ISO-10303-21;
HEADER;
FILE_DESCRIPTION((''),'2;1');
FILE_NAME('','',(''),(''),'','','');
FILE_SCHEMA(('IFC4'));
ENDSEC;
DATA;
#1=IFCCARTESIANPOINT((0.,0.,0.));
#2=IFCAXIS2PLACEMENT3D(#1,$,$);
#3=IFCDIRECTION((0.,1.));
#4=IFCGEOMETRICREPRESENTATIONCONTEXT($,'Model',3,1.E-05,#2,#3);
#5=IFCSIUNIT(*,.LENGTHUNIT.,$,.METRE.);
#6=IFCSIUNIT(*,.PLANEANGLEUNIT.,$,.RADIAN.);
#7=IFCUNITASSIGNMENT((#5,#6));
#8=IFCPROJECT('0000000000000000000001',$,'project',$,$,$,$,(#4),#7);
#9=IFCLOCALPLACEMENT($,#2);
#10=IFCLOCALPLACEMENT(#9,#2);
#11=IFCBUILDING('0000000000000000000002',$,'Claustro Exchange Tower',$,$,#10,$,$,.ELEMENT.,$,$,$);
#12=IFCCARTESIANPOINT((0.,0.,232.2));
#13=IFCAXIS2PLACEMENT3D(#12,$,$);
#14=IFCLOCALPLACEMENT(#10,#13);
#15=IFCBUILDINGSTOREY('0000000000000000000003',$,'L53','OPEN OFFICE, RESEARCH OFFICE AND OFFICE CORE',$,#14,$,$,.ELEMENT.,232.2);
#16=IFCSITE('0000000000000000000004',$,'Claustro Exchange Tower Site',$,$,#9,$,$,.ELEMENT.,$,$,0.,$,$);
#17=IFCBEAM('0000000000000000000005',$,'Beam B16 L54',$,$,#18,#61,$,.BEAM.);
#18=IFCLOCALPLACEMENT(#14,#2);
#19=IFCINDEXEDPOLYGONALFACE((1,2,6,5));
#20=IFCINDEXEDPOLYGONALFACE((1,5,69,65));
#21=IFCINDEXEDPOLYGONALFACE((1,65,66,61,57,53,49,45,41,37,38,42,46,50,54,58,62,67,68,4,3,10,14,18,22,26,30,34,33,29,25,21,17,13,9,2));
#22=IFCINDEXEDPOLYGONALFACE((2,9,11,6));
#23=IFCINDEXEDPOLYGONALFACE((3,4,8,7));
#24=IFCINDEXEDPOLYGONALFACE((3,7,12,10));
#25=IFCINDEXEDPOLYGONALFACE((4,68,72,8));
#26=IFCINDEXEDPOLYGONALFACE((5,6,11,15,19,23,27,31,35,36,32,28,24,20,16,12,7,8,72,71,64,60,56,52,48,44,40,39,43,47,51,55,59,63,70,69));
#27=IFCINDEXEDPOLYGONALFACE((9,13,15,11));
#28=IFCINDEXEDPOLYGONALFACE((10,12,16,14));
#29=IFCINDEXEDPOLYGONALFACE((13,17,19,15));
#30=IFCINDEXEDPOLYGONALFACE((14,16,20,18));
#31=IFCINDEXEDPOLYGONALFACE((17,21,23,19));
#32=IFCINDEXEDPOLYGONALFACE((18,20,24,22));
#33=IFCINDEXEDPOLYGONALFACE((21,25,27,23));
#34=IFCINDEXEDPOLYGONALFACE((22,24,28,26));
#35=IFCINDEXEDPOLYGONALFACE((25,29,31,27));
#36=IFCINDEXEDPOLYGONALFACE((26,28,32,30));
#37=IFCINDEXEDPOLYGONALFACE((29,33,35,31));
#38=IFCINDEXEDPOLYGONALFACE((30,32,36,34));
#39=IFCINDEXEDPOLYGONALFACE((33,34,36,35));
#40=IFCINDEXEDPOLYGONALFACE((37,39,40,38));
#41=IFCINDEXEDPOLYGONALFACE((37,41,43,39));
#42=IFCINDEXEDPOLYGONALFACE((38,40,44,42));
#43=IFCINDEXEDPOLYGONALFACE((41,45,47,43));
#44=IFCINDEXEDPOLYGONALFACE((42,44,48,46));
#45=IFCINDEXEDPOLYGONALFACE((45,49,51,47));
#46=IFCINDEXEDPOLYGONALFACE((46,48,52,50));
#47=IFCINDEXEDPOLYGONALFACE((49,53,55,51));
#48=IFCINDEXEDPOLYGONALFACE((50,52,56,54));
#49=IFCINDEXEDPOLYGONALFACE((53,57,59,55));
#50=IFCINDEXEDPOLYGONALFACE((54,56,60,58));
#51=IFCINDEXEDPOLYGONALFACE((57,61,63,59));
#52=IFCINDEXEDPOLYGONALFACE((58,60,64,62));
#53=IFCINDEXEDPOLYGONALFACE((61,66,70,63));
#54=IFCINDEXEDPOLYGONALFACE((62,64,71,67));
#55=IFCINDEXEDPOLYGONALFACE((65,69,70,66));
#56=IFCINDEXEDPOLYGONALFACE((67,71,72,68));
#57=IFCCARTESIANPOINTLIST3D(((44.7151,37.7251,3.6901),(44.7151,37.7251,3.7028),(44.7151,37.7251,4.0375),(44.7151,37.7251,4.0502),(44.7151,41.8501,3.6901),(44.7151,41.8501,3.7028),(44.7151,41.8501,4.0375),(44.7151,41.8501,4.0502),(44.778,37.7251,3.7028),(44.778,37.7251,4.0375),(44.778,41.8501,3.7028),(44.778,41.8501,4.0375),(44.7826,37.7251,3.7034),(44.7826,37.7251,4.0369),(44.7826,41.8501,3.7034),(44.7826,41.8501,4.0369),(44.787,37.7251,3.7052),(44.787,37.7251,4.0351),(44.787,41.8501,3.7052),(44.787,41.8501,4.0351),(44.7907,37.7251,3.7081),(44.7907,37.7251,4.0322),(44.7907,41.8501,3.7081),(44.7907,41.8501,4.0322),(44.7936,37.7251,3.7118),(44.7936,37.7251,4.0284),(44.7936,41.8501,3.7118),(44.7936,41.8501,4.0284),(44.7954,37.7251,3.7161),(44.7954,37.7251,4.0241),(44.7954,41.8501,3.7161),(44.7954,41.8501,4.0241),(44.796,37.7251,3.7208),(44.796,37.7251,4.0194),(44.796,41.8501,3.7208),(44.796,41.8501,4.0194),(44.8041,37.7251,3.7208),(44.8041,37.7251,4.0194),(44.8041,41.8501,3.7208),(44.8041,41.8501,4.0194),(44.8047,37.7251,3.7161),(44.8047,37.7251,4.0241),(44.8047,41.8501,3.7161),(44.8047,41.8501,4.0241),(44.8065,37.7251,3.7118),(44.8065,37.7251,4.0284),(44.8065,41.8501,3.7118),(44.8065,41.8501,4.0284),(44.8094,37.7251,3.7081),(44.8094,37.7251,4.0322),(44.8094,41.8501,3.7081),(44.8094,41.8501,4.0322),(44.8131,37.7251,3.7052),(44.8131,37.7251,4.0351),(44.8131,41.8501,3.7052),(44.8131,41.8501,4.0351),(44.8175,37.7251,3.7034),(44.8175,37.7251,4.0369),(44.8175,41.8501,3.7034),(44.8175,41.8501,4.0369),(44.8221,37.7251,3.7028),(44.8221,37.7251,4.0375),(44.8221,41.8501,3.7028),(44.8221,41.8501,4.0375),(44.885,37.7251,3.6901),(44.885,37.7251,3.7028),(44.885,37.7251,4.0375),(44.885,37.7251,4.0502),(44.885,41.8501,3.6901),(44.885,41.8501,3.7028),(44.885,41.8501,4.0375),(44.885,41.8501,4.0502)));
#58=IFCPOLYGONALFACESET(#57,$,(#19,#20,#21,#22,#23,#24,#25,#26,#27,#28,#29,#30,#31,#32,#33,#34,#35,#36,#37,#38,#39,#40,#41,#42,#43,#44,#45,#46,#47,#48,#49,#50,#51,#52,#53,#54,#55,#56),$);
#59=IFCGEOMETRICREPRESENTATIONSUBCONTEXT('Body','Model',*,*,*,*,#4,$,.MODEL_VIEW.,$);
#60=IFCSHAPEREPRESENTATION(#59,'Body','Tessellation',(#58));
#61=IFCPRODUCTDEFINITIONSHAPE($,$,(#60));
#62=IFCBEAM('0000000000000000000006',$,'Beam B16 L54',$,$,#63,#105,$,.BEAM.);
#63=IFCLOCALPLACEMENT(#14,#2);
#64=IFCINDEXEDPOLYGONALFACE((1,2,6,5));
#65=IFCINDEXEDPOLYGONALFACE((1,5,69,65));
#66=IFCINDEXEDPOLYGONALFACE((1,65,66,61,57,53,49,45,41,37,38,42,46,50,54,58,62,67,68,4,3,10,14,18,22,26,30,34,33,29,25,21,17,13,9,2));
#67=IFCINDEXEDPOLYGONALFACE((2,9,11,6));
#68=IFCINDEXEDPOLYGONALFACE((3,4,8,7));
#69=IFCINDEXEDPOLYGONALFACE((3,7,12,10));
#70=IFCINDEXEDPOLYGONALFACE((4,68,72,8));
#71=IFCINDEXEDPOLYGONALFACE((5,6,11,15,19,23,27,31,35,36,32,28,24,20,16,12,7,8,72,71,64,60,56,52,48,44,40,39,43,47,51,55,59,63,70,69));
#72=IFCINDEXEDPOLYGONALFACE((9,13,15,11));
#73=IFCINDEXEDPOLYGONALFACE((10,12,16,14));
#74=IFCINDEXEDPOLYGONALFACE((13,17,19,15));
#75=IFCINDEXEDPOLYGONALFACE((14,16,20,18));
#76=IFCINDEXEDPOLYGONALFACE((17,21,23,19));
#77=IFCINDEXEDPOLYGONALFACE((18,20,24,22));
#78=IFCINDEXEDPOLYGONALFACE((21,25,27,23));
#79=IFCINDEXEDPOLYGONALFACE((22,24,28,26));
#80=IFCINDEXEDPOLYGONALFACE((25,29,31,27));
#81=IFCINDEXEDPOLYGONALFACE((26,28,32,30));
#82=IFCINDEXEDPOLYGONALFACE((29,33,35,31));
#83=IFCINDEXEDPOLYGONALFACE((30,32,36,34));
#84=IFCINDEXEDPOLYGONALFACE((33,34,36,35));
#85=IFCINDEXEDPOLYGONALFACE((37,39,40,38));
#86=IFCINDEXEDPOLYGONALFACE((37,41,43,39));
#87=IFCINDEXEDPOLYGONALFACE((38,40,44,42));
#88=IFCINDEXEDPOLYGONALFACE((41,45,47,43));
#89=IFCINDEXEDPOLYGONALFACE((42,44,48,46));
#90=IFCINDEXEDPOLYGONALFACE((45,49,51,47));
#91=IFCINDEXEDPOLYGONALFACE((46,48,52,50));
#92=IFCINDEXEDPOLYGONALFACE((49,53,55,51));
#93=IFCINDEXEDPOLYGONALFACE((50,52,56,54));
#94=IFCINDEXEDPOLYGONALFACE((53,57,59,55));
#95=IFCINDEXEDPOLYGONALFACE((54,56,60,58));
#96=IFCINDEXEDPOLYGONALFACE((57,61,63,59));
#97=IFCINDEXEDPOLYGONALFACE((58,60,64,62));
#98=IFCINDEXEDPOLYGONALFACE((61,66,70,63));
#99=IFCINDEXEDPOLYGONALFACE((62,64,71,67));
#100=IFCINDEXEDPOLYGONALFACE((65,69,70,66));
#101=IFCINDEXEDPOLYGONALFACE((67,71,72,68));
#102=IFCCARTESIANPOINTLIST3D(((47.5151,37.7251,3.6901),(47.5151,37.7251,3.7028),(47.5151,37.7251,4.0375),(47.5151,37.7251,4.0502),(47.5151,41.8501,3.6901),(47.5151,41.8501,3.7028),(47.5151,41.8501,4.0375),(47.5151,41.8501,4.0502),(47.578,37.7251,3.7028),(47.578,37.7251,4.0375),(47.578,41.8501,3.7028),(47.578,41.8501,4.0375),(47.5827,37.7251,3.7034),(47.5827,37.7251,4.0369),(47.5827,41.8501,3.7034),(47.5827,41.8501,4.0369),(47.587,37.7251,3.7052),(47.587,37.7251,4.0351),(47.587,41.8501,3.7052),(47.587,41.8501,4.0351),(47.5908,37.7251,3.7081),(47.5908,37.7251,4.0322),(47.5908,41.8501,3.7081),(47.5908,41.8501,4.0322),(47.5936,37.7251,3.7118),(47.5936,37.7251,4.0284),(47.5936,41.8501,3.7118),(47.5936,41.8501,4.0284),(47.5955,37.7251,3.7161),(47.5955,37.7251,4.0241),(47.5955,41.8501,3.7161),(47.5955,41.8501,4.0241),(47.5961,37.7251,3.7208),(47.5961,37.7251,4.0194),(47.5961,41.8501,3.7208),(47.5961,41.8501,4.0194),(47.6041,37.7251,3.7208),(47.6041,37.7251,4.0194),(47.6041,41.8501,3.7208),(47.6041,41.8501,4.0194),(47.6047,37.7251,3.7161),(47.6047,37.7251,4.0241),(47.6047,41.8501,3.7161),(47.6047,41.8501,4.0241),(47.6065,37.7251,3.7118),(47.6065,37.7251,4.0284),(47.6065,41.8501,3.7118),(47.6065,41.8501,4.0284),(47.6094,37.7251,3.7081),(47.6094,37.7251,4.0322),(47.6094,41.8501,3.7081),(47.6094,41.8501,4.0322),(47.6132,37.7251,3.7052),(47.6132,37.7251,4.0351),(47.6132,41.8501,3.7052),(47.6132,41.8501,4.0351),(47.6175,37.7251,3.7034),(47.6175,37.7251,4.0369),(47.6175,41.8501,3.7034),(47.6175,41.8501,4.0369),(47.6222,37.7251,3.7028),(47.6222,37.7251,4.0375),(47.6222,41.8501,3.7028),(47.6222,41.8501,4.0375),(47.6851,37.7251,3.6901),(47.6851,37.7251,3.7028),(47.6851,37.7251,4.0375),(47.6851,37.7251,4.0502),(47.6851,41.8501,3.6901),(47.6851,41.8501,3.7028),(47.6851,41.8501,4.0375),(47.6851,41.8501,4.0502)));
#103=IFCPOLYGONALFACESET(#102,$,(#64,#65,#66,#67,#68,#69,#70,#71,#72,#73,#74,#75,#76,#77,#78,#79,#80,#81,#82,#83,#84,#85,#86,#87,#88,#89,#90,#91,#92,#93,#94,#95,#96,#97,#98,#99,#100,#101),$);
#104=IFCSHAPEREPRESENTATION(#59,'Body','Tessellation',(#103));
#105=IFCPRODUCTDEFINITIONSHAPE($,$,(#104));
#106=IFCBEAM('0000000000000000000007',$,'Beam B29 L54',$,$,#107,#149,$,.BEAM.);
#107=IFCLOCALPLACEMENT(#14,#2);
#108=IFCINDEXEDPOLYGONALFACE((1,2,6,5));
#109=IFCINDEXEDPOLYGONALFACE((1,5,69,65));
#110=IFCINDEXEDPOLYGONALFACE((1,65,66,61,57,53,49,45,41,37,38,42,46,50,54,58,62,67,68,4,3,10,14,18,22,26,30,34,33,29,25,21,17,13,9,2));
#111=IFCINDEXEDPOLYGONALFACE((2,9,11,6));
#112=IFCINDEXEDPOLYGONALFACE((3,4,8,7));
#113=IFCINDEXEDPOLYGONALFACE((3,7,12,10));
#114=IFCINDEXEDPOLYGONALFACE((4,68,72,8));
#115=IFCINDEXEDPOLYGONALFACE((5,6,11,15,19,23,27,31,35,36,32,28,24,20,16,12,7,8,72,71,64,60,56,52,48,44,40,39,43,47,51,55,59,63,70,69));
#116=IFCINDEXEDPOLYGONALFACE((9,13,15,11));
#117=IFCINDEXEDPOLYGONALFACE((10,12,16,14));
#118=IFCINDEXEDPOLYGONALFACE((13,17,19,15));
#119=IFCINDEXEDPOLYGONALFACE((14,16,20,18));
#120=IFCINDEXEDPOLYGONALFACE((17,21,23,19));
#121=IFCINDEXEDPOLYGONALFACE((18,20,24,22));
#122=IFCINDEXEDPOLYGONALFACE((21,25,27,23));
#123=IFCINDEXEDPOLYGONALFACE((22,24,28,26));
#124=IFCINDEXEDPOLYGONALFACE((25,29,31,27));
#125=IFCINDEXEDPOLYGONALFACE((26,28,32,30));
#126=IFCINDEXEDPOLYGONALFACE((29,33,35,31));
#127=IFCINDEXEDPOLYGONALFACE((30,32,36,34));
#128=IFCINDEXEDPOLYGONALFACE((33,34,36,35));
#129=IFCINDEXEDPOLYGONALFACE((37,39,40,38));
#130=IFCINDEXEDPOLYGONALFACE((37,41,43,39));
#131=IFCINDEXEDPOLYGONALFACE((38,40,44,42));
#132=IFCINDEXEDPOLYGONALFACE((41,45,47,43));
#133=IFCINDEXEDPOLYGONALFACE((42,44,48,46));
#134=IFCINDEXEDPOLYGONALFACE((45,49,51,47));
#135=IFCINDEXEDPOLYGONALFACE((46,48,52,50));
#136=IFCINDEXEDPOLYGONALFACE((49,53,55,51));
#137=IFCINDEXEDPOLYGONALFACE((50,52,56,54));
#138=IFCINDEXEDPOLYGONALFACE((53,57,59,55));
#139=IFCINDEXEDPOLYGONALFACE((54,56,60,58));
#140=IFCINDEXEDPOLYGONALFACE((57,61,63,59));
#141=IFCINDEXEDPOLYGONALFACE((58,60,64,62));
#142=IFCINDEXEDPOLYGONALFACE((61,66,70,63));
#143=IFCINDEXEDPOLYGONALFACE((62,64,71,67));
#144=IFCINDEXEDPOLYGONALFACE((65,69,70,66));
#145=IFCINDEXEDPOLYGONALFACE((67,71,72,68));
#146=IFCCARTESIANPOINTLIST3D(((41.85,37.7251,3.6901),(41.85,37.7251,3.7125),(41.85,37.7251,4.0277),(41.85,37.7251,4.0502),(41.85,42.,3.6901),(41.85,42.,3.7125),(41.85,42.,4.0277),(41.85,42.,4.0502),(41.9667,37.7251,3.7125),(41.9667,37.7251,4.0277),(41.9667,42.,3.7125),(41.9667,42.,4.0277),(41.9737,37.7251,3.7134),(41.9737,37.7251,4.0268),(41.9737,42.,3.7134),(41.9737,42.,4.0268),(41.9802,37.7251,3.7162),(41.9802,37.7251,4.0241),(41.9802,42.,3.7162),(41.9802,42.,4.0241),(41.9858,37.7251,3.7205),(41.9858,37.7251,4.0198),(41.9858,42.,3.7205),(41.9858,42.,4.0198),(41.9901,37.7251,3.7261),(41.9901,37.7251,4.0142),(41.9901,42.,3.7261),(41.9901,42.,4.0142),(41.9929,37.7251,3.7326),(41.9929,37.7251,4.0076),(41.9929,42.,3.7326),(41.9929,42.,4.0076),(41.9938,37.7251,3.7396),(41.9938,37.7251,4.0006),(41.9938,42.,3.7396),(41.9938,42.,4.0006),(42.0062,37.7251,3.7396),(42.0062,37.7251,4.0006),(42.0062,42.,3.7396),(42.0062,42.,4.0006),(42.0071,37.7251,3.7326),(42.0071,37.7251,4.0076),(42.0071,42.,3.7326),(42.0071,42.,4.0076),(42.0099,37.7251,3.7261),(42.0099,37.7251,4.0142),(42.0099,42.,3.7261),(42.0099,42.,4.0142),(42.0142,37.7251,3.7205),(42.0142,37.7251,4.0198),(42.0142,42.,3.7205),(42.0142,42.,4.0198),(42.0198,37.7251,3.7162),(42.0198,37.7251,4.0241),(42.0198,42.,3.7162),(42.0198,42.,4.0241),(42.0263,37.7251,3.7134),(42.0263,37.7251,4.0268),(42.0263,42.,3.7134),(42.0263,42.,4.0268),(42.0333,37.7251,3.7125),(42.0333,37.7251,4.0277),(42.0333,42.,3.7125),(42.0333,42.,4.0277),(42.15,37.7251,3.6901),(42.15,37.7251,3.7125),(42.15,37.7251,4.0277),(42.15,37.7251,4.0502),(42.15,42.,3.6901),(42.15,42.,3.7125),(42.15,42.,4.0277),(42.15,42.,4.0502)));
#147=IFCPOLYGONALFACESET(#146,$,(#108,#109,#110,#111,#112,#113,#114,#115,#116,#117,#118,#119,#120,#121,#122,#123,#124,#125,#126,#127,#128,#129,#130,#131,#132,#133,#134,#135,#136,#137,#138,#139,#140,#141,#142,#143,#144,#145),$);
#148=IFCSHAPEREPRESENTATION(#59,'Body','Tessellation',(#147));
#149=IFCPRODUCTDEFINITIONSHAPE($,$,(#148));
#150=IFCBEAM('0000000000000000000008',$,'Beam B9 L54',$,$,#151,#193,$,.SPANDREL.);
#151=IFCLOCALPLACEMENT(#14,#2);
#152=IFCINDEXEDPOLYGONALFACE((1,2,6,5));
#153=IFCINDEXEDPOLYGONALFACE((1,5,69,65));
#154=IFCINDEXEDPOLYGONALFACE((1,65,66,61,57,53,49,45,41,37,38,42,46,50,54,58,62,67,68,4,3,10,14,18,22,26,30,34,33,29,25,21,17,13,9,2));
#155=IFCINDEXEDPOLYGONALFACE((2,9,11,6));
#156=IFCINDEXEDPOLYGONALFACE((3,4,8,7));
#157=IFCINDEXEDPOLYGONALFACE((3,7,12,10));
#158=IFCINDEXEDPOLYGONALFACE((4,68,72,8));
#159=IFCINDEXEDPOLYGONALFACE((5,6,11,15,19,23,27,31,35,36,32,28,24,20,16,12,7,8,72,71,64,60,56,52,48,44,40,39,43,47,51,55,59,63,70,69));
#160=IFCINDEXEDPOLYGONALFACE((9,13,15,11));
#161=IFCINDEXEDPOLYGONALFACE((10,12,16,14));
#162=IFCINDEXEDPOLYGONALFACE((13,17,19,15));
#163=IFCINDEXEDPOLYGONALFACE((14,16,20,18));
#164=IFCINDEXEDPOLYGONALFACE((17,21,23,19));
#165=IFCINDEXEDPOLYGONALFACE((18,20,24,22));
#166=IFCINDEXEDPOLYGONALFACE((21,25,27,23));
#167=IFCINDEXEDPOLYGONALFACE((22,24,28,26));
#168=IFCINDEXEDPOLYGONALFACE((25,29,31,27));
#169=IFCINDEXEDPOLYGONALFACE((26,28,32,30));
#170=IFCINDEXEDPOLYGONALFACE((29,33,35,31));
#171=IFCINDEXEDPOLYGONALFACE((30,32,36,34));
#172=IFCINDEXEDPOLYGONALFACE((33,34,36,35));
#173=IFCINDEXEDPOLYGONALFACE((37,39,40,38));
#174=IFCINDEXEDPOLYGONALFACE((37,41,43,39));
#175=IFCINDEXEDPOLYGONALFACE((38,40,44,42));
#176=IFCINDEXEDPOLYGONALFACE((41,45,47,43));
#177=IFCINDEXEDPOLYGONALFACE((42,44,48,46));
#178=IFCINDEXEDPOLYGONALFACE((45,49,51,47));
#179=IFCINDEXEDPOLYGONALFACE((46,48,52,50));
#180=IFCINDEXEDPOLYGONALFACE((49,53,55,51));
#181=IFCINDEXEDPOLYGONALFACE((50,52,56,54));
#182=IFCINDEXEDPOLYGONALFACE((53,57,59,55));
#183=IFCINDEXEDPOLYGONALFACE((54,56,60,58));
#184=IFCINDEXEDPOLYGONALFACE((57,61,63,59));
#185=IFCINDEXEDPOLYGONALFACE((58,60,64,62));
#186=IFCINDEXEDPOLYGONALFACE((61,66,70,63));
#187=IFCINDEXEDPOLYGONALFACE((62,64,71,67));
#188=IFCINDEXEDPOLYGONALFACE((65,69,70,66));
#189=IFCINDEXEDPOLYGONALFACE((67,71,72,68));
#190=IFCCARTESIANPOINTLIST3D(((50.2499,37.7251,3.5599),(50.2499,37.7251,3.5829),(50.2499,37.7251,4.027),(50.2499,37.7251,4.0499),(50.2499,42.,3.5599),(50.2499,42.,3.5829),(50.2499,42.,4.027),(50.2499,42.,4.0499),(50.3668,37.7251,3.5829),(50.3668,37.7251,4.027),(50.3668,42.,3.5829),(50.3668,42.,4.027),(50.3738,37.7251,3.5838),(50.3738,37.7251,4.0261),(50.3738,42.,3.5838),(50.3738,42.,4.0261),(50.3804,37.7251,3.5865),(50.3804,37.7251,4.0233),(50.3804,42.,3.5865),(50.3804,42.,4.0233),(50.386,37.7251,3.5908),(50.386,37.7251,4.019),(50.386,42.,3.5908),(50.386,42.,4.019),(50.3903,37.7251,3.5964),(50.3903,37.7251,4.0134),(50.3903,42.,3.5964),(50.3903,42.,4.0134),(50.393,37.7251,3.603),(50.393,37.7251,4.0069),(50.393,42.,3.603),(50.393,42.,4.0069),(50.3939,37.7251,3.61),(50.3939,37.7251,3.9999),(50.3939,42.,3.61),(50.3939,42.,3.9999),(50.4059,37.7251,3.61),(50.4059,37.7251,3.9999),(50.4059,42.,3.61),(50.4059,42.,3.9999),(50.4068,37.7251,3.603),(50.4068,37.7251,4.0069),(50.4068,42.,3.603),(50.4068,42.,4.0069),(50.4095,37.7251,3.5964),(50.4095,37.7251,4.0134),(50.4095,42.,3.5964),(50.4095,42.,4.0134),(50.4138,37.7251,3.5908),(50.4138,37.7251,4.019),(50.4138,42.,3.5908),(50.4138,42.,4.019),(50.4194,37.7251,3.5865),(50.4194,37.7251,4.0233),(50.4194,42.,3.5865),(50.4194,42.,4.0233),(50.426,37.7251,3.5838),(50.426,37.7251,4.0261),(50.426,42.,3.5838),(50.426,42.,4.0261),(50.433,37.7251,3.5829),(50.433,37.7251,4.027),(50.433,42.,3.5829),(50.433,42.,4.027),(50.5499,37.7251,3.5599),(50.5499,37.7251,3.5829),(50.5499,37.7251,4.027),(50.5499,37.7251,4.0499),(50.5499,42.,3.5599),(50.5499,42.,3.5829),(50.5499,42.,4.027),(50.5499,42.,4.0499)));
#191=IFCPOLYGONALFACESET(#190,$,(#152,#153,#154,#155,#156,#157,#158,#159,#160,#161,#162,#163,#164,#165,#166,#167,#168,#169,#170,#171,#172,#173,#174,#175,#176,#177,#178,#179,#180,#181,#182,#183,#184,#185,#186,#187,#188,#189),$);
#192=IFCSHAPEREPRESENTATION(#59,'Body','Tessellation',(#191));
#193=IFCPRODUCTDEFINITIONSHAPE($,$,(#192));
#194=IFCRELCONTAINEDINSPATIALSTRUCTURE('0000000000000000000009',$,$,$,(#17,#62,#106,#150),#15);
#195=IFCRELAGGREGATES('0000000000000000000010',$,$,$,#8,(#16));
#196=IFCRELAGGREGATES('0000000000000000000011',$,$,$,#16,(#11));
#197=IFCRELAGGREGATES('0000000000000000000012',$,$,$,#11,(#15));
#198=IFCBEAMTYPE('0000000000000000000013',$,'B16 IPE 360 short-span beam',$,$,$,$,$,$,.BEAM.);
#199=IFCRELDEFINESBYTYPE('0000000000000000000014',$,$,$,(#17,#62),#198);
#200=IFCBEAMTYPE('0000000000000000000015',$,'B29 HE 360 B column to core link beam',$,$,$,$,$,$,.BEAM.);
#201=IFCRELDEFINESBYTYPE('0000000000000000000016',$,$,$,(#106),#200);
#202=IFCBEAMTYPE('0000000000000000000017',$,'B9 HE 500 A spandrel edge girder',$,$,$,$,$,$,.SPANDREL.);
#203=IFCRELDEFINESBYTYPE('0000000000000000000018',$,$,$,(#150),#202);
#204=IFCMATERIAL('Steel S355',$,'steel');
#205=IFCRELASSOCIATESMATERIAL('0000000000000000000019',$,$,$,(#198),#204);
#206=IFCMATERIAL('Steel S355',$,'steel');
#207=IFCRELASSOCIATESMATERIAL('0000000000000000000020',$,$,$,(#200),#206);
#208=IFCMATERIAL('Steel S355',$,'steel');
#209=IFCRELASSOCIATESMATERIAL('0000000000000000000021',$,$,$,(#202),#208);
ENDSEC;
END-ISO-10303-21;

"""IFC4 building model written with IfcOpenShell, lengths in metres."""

from ifc_helpers import new_model, si_unit, direction, frame, origin, origin_2d, place, context, subcontext, project, spatial, i_section, extrude, material, material_profile, profile_set, type_object, element, save


model = new_model("IFC4")

# Units and contexts
model_context = context("Model", 3, precision=1e-05, world=origin(), true_north=direction((0.0, 1.0)))
body_context = subcontext(model_context, "Body", "Model", "MODEL_VIEW")
ifc_project = project(units=[si_unit("LENGTHUNIT", "METRE"), si_unit("PLANEANGLEUNIT", "RADIAN")], contexts=[model_context])

# Site, building, storey
site_placement = place(None, origin())
site = spatial("IfcSite", under=ifc_project, at=site_placement, Name="Claustro Exchange Tower Site", CompositionType="ELEMENT", RefElevation=0.0)
building_placement = place(site_placement, origin())
building = spatial("IfcBuilding", under=site, at=building_placement, Name="Claustro Exchange Tower", CompositionType="ELEMENT")
storey_placement = place(building_placement, frame((0.0, 0.0, 232.2)))
storey = spatial("IfcBuildingStorey", under=building, at=storey_placement, Name="L53", Description="OPEN OFFICE, RESEARCH OFFICE AND OFFICE CORE", CompositionType="ELEMENT", Elevation=232.2)

# Beams
ifc_material_1 = material(Name="Steel S355", Category="steel")
ifc_material_profile_1 = material_profile(ifc_material_1, i_section(OverallWidth=0.1699, OverallDepth=0.3601, WebThickness=0.0081, FlangeThickness=0.0127, FilletRadius=0.0181, at=origin_2d()), Name="IPE 360")
ifc_profile_set_1 = profile_set([ifc_material_profile_1], Name="Steel S355")
beam_type_1 = type_object("IfcBeamType", Name="B16 IPE 360 short-span beam", PredefinedType="BEAM", material=ifc_profile_set_1)
for number, where, z_axis, x_axis, name in (
    (1, (44.8, 37.7251, 3.8701), (0.0, 1.0, 0.0), (-1.0, 0.0, 0.0), "Beam B16 L54"),
    (2, (47.6001, 37.7251, 3.8701), (0.0, 1.0, 0.0), (-1.0, 0.0, 0.0), "Beam B16 L54"),
):
    element("IfcBeam", number, at=place(storey_placement, frame(where, z_axis=z_axis, x_axis=x_axis)), inside=storey, type_object=beam_type_1, Name=name, PredefinedType="BEAM", context=body_context, shape_type="SweptSolid", body=[
        extrude(i_section(OverallWidth=0.1699, OverallDepth=0.3601, WebThickness=0.0081, FlangeThickness=0.0127, FilletRadius=0.0181, at=origin_2d()), origin(), (0.0, 0.0, 1.0), 4.125),
    ])
ifc_material_2 = material(Name="Steel S355", Category="steel")
ifc_material_profile_2 = material_profile(ifc_material_2, i_section(OverallWidth=0.3, OverallDepth=0.3601, WebThickness=0.0125, FlangeThickness=0.0225, FilletRadius=0.0271, at=origin_2d()), Name="HE 360 B")
ifc_profile_set_2 = profile_set([ifc_material_profile_2], Name="Steel S355")
beam_type_2 = type_object("IfcBeamType", Name="B29 HE 360 B column to core link beam", PredefinedType="BEAM", material=ifc_profile_set_2)
beam_1_placement = place(storey_placement, frame((42.0, 37.7251, 3.8701), z_axis=(0.0, 1.0, 0.0), x_axis=(-1.0, 0.0, 0.0)))
element("IfcBeam", 3, at=beam_1_placement, inside=storey, type_object=beam_type_2, Name="Beam B29 L54", PredefinedType="BEAM", context=body_context, shape_type="SweptSolid", body=[
    extrude(i_section(OverallWidth=0.3, OverallDepth=0.3601, WebThickness=0.0125, FlangeThickness=0.0225, FilletRadius=0.0271, at=origin_2d()), origin(), (0.0, 0.0, 1.0), 4.2749),
])
ifc_material_3 = material(Name="Steel S355", Category="steel")
ifc_material_profile_3 = material_profile(ifc_material_3, i_section(OverallWidth=0.3, OverallDepth=0.49, WebThickness=0.012, FlangeThickness=0.0229, FilletRadius=0.0271, at=origin_2d()), Name="HE 500 A")
ifc_profile_set_3 = profile_set([ifc_material_profile_3], Name="Steel S355")
beam_type_3 = type_object("IfcBeamType", Name="B9 HE 500 A spandrel edge girder", PredefinedType="SPANDREL", material=ifc_profile_set_3)
beam_2_placement = place(storey_placement, frame((50.3999, 37.7251, 3.8049), z_axis=(0.0, 1.0, 0.0), x_axis=(-1.0, 0.0, 0.0)))
element("IfcBeam", 4, at=beam_2_placement, inside=storey, type_object=beam_type_3, Name="Beam B9 L54", PredefinedType="SPANDREL", context=body_context, shape_type="SweptSolid", body=[
    extrude(i_section(OverallWidth=0.3, OverallDepth=0.49, WebThickness=0.012, FlangeThickness=0.0229, FilletRadius=0.0271, at=origin_2d()), origin(), (0.0, 0.0, 1.0), 4.2749),
])

save(model, "model.ifc")
